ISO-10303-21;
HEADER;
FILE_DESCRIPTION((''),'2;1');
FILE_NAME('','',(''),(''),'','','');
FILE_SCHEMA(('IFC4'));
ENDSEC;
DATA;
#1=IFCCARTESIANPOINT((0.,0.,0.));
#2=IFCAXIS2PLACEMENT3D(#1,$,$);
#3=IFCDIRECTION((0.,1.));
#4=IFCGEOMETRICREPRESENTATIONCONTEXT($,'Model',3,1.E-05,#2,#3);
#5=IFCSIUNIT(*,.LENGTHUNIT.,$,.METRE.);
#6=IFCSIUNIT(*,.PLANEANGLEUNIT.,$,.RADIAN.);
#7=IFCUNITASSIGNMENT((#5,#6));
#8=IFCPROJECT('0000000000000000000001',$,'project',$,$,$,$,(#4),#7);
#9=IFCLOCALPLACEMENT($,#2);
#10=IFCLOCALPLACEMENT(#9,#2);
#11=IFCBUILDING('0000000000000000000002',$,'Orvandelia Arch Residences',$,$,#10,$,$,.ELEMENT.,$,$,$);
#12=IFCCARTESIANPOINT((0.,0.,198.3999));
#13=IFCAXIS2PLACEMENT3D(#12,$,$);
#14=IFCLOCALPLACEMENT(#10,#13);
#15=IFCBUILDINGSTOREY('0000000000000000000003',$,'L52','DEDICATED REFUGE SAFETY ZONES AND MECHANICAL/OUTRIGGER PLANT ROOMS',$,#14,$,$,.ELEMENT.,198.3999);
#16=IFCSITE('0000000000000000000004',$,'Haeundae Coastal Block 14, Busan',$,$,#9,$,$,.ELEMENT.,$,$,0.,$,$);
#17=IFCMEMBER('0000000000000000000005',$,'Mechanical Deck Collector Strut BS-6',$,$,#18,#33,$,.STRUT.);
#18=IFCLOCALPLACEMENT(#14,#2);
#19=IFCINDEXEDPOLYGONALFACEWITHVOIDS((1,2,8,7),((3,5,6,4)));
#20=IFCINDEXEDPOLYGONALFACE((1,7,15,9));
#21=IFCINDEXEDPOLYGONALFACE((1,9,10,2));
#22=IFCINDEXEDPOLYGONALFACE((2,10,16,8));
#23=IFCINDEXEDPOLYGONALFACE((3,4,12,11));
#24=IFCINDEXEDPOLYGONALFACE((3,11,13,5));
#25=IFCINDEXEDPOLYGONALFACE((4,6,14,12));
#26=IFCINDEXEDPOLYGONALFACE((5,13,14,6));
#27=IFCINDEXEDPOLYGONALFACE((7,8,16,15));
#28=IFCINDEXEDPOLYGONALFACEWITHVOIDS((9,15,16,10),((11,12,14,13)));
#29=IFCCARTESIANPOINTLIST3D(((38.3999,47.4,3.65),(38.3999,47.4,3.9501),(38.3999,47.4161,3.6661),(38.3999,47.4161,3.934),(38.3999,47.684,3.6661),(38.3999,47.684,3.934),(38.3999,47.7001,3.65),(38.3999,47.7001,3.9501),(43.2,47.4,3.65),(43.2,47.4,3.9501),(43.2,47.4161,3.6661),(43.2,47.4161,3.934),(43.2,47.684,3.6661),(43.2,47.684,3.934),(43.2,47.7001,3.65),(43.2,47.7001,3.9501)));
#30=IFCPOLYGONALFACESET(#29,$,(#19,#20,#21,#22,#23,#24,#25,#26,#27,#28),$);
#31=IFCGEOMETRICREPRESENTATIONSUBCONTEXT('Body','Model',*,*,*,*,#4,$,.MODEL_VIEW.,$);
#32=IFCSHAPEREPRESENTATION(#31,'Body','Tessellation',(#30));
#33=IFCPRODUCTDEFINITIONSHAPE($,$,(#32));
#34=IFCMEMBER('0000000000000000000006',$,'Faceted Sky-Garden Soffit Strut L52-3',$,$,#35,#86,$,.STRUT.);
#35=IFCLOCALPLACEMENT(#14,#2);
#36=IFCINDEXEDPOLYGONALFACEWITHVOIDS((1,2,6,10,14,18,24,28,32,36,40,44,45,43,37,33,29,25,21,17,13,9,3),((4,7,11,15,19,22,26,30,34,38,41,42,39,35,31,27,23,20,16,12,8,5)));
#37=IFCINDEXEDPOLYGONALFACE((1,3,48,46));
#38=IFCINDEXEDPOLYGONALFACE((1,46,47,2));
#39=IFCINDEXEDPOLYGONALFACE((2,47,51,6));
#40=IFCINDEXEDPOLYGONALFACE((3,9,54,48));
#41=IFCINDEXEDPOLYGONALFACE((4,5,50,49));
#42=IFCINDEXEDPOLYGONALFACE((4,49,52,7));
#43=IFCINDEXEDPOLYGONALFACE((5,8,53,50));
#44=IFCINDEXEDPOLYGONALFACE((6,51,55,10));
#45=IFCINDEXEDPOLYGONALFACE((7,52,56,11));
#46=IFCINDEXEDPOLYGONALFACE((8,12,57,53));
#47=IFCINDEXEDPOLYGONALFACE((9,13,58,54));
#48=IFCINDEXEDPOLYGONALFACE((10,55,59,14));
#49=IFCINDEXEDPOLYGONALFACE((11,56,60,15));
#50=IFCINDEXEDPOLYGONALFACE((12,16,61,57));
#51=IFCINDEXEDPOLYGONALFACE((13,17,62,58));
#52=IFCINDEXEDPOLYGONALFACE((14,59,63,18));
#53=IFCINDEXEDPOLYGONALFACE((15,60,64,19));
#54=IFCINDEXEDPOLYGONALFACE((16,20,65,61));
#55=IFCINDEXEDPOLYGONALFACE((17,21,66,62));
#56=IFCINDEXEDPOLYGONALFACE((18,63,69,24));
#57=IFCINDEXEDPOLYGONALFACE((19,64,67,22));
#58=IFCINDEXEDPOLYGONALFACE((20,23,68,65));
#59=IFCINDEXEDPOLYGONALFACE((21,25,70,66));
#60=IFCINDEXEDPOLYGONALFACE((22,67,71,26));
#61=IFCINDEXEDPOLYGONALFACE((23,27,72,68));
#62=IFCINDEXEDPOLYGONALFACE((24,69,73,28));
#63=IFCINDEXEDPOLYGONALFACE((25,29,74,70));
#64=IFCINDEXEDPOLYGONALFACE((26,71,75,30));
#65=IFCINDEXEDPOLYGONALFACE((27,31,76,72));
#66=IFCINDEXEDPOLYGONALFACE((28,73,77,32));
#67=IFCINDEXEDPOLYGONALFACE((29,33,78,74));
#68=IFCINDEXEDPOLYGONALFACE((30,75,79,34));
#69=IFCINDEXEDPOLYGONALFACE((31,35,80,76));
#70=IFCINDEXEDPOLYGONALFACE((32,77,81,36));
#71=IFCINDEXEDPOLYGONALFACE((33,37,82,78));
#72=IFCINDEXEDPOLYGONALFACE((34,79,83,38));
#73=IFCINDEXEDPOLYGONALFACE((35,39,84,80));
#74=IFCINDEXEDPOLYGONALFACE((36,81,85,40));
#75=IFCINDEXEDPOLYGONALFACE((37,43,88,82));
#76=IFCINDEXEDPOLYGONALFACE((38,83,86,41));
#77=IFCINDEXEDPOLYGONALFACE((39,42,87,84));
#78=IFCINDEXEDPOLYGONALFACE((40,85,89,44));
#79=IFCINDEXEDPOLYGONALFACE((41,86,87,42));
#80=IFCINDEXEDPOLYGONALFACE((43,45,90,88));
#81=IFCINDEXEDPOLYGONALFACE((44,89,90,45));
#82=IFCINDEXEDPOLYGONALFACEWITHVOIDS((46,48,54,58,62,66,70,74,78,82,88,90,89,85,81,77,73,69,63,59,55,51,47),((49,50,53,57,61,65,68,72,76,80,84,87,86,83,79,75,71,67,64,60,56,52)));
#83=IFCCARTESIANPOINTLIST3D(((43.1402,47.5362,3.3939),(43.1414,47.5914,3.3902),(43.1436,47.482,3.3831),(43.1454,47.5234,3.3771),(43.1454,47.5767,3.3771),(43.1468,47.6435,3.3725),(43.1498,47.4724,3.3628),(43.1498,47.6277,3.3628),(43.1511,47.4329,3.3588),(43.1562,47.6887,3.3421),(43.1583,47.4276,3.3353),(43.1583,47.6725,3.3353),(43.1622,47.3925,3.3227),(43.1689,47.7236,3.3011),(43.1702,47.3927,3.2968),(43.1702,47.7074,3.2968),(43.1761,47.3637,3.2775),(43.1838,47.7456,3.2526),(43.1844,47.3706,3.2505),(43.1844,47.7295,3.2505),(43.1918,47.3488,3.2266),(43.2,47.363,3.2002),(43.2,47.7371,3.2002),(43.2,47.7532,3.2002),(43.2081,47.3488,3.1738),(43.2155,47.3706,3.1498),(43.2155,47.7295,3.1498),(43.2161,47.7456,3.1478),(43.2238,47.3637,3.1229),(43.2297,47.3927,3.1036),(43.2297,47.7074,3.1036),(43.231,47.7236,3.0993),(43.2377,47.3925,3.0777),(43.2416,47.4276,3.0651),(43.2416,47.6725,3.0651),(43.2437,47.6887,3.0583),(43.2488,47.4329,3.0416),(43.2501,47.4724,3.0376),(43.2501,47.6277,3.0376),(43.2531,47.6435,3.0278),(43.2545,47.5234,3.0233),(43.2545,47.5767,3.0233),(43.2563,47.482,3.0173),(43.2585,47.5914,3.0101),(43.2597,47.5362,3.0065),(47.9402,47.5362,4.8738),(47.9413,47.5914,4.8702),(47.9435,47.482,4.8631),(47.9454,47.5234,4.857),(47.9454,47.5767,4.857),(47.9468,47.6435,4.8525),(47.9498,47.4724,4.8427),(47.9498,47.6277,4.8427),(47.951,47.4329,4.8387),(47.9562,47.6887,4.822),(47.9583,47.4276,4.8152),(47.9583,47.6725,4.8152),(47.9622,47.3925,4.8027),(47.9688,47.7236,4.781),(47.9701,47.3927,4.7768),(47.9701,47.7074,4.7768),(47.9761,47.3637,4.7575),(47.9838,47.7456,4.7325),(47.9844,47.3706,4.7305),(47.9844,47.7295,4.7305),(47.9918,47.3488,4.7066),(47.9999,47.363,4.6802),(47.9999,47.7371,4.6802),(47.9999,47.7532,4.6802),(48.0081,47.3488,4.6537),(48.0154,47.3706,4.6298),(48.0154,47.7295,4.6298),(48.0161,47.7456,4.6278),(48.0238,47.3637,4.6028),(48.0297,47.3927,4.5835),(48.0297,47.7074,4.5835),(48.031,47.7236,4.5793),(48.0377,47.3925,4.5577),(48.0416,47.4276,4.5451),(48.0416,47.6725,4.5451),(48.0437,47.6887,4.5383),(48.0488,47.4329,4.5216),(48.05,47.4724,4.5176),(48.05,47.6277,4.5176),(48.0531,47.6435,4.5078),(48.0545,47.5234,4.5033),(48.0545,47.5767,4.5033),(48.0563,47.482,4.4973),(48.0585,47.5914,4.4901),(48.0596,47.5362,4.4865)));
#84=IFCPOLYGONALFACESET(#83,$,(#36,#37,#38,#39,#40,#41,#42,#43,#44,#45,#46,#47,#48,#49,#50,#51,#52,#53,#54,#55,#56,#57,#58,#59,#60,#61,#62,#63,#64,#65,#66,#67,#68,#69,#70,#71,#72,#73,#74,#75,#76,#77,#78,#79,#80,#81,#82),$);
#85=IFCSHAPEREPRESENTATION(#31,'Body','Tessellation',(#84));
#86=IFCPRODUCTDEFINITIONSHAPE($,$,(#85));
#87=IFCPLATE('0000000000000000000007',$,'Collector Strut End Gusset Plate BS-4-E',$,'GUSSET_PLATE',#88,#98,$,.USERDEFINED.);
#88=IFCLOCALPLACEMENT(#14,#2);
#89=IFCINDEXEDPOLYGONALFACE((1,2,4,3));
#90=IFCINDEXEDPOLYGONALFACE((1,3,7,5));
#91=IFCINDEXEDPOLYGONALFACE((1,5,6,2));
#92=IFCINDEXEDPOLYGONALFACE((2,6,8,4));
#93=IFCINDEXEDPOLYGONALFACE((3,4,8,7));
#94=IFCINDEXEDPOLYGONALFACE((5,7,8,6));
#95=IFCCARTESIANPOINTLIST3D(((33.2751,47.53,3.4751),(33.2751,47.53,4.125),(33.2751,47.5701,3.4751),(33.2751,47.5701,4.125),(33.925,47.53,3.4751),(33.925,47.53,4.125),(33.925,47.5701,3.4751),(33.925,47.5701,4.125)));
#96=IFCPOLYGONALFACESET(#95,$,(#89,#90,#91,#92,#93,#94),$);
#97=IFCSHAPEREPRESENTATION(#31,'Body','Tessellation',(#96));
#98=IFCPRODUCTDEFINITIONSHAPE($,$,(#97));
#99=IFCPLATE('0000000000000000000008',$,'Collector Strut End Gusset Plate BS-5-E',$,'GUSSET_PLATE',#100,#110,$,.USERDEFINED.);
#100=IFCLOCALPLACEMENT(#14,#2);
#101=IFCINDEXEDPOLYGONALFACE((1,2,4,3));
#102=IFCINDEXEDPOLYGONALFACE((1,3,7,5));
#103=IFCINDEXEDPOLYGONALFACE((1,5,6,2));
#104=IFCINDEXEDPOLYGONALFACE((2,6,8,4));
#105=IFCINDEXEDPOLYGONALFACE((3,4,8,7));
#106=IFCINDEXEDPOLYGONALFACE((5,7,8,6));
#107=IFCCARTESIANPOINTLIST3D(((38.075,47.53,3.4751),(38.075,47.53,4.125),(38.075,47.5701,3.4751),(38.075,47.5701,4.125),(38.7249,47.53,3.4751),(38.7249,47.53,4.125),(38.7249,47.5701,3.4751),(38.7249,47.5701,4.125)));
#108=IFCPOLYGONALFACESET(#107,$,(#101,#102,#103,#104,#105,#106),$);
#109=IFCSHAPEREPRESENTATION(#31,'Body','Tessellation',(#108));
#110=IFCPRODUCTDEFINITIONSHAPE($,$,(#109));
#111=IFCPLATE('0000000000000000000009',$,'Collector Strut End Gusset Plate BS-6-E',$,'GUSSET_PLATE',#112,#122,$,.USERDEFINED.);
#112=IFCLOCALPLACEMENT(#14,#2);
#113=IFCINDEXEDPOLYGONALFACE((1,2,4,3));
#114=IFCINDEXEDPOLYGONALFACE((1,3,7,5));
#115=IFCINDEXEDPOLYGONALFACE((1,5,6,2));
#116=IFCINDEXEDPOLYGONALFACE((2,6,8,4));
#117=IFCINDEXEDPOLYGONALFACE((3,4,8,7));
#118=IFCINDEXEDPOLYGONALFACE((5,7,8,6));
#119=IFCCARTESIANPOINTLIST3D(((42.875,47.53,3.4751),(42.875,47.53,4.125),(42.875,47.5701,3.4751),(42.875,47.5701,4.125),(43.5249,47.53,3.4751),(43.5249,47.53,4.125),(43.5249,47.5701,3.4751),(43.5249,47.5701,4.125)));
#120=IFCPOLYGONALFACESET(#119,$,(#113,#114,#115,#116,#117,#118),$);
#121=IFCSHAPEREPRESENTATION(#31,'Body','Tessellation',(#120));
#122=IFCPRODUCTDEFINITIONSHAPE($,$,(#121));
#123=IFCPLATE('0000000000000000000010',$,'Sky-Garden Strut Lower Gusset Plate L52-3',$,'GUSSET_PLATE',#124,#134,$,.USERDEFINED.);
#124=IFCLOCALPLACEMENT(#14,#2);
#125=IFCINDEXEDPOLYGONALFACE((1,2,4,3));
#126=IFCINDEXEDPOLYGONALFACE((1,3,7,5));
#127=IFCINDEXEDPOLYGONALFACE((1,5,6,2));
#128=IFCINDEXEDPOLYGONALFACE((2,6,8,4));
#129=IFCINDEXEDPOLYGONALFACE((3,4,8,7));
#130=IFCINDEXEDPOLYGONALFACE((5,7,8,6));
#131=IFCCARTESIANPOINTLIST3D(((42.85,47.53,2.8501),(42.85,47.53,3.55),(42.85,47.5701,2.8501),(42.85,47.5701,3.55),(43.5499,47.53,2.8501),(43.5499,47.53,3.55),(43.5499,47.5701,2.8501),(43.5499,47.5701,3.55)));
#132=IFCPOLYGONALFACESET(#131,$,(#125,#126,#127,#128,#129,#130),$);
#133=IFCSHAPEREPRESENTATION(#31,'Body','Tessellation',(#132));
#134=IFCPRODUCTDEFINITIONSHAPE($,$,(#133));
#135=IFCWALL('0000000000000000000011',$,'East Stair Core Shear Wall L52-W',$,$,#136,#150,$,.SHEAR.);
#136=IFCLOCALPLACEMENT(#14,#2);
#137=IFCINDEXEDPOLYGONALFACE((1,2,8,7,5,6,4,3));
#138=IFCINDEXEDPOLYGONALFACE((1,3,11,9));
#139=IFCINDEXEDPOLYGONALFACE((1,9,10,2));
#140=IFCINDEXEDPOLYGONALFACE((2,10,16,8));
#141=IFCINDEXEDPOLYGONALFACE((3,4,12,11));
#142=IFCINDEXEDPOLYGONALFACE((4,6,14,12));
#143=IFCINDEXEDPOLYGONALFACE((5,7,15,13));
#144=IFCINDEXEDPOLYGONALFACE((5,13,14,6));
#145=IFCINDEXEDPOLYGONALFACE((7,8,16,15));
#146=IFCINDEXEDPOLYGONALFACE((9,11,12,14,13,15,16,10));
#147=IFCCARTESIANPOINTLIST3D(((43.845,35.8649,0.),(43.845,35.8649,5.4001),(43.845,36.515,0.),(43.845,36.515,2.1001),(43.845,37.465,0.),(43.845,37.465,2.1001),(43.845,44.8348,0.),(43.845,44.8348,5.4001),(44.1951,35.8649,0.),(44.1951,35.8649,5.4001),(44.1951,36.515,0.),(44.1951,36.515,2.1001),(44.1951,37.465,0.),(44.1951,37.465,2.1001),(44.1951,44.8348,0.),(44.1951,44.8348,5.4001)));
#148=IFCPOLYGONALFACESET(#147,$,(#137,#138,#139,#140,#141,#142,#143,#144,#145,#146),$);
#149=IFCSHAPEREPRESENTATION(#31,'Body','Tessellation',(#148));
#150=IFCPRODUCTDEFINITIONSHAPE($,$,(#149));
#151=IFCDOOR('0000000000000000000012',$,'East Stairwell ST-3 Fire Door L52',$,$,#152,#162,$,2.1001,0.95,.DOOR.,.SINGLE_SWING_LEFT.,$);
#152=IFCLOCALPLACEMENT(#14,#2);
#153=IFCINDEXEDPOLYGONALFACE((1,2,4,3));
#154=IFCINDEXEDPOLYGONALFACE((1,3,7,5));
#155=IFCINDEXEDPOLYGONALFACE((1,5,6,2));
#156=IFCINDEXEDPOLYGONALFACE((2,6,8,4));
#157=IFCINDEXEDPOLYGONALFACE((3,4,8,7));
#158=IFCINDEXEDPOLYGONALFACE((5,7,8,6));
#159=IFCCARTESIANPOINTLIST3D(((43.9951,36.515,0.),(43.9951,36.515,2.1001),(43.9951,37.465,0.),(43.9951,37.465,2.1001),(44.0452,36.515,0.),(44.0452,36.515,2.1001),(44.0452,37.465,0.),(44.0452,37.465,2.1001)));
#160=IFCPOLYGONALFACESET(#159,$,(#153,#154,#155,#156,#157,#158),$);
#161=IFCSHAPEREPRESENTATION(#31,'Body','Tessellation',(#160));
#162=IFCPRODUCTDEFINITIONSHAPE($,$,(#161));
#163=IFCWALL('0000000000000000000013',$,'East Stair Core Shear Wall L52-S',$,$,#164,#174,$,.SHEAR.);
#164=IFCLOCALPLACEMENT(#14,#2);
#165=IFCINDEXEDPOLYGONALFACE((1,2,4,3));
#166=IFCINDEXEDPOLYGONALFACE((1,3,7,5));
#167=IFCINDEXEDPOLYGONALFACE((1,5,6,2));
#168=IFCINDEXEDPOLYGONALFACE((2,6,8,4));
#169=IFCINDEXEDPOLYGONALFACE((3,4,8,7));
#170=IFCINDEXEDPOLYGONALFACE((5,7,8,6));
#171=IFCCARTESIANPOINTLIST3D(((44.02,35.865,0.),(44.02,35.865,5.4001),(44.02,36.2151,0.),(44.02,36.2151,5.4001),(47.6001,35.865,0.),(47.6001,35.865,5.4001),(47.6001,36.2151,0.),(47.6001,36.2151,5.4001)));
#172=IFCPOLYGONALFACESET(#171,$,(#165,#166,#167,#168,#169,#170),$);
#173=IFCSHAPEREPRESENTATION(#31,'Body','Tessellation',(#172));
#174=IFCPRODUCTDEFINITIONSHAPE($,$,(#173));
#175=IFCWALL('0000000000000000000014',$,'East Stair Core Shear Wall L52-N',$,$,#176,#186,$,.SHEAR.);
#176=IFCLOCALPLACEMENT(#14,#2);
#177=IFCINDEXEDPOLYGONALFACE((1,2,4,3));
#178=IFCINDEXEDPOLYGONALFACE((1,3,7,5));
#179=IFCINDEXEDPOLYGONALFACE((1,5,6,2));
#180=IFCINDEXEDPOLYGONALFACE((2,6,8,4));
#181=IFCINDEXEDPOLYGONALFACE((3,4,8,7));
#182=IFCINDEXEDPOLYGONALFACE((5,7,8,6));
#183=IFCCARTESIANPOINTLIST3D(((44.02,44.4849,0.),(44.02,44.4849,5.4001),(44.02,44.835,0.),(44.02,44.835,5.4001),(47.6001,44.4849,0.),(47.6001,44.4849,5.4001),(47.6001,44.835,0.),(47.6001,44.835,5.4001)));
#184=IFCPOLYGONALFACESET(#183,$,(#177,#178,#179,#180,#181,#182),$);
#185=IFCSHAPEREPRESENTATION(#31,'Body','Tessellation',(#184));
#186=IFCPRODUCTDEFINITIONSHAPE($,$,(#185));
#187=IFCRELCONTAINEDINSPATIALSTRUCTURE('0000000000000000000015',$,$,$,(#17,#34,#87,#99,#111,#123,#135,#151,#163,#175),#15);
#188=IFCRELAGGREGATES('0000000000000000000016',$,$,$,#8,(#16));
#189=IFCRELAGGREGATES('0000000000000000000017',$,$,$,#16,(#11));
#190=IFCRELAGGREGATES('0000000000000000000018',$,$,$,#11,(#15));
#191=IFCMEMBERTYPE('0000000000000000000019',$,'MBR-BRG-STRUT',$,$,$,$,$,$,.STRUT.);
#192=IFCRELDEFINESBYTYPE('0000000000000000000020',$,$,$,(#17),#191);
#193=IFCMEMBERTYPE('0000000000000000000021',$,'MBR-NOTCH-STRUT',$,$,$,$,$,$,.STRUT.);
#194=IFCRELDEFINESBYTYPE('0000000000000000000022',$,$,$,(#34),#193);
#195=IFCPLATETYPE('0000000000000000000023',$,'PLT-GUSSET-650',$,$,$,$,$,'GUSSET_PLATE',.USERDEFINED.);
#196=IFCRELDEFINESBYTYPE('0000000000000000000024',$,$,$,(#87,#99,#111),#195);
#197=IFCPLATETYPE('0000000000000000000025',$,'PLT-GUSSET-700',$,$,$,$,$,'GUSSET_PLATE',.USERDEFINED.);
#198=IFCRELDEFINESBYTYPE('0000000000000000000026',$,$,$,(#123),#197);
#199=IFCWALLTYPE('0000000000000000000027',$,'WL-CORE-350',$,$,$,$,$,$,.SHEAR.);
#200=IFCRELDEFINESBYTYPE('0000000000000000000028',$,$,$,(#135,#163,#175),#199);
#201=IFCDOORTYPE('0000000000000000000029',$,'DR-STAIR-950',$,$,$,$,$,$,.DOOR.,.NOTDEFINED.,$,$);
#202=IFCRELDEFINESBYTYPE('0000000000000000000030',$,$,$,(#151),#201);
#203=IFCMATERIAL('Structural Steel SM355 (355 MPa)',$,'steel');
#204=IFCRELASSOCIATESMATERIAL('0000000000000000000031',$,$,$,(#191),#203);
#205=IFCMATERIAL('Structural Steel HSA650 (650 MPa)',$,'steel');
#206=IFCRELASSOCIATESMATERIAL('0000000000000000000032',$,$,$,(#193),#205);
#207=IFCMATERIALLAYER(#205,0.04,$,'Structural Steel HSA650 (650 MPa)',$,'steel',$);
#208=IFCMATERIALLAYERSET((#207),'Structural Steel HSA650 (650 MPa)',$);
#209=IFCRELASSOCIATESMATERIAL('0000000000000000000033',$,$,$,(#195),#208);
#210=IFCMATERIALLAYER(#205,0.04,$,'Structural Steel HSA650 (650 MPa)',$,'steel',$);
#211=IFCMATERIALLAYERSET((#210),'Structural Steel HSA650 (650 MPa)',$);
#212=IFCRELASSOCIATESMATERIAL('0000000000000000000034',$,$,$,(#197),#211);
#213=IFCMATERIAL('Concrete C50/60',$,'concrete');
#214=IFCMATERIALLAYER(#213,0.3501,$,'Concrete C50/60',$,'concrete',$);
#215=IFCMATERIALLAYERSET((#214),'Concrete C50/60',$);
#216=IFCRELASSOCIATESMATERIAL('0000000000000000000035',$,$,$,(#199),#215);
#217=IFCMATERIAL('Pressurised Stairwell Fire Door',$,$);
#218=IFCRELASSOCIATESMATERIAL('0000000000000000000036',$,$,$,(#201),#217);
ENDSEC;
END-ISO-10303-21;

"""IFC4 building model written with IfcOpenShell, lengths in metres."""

from ifc_helpers import new_model, si_unit, direction, frame, frame_2d, origin, origin_2d, place, context, subcontext, project, spatial, rectangle, hollow_rectangle, hollow_circle, extrude, material, layer, layer_set, material_profile, profile_set, type_object, element, fill, save


model = new_model("IFC4")

# Units and contexts
model_context = context("Model", 3, precision=1e-05, world=origin(), true_north=direction((0.0, 1.0)))
body_context = subcontext(model_context, "Body", "Model", "MODEL_VIEW")
ifc_project = project(units=[si_unit("LENGTHUNIT", "METRE"), si_unit("PLANEANGLEUNIT", "RADIAN")], contexts=[model_context])

# Site, building, storey
site_placement = place(None, origin())
site = spatial("IfcSite", under=ifc_project, at=site_placement, Name="Haeundae Coastal Block 14, Busan", CompositionType="ELEMENT", RefElevation=0.0)
building_placement = place(site_placement, origin())
building = spatial("IfcBuilding", under=site, at=building_placement, Name="Orvandelia Arch Residences", CompositionType="ELEMENT")
storey_placement = place(building_placement, frame((0.0, 0.0, 198.3999)))
storey = spatial("IfcBuildingStorey", under=building, at=storey_placement, Name="L52", Description="DEDICATED REFUGE SAFETY ZONES AND MECHANICAL/OUTRIGGER PLANT ROOMS", CompositionType="ELEMENT", Elevation=198.3999)

# Shared definitions
ifc_material_1 = material(Name="Structural Steel SM355 (355 MPa)", Category="steel")

# Members
ifc_material_profile_1 = material_profile(ifc_material_1, hollow_rectangle(XDim=0.3, YDim=0.3, WallThickness=0.0161, at=origin_2d()), Name="Structural Steel SM355 (355 MPa)", Category="steel")
ifc_profile_set_1 = profile_set([ifc_material_profile_1], Name="Structural Steel SM355 (355 MPa)")
member_type_1 = type_object("IfcMemberType", Name="MBR-BRG-STRUT", PredefinedType="STRUT", material=ifc_profile_set_1)
member_1_placement = place(storey_placement, frame((38.3999, 47.55, 3.8), z_axis=(1.0, 0.0, 0.0), x_axis=(0.0, 1.0, 0.0)))
element("IfcMember", 1, at=member_1_placement, inside=storey, type_object=member_type_1, Name="Mechanical Deck Collector Strut BS-6", PredefinedType="STRUT", context=body_context, shape_type="SweptSolid", body=[
    extrude(hollow_rectangle(XDim=0.3, YDim=0.3, WallThickness=0.0161, at=origin_2d()), origin(), (0.0, 0.0, 1.0), 4.8),
])
ifc_material_2 = material(Name="Structural Steel HSA650 (650 MPa)", Category="steel")
ifc_material_profile_2 = material_profile(ifc_material_2, hollow_circle(Radius=0.2031, WallThickness=0.0161, at=origin_2d()), Name="Structural Steel HSA650 (650 MPa)", Category="steel")
ifc_profile_set_2 = profile_set([ifc_material_profile_2], Name="Structural Steel HSA650 (650 MPa)")
member_type_2 = type_object("IfcMemberType", Name="MBR-NOTCH-STRUT", PredefinedType="STRUT", material=ifc_profile_set_2)
member_2_placement = place(storey_placement, frame((43.2, 47.55, 3.2002), z_axis=(0.955609, 0.0, 0.294639), x_axis=(0.0, 1.0, 0.0)))
element("IfcMember", 2, at=member_2_placement, inside=storey, type_object=member_type_2, Name="Faceted Sky-Garden Soffit Strut L52-3", PredefinedType="STRUT", context=body_context, shape_type="SweptSolid", body=[
    extrude(hollow_circle(Radius=0.2031, WallThickness=0.0161, at=origin_2d()), origin(), (0.0, 0.0, 1.0), 5.0229),
])

# Plates
ifc_layer_1 = layer(ifc_material_2, 0.04, Name="Structural Steel HSA650 (650 MPa)", Category="steel")
ifc_layer_set_1 = layer_set([ifc_layer_1], Name="Structural Steel HSA650 (650 MPa)")
plate_type_1 = type_object("IfcPlateType", Name="PLT-GUSSET-650", ElementType="GUSSET_PLATE", PredefinedType="USERDEFINED", material=ifc_layer_set_1)
for number, where, z_axis, x_axis, name in (
    (3, (33.6001, 47.55, 3.4751), (0.0, 0.0, 1.0), (1.0, 0.0, 0.0), "Collector Strut End Gusset Plate BS-4-E"),
    (4, (38.3999, 47.55, 3.4751), (0.0, 0.0, 1.0), (1.0, 0.0, 0.0), "Collector Strut End Gusset Plate BS-5-E"),
    (5, (43.2, 47.55, 3.4751), (0.0, 0.0, 1.0), (1.0, 0.0, 0.0), "Collector Strut End Gusset Plate BS-6-E"),
):
    element("IfcPlate", number, at=place(storey_placement, frame(where, z_axis=z_axis, x_axis=x_axis)), inside=storey, type_object=plate_type_1, Name=name, ObjectType="GUSSET_PLATE", PredefinedType="USERDEFINED", context=body_context, shape_type="SweptSolid", body=[
        extrude(rectangle(XDim=0.6499, YDim=0.04, at=origin_2d()), origin(), (0.0, 0.0, 1.0), 0.6499),
    ])
ifc_layer_2 = layer(ifc_material_2, 0.04, Name="Structural Steel HSA650 (650 MPa)", Category="steel")
ifc_layer_set_2 = layer_set([ifc_layer_2], Name="Structural Steel HSA650 (650 MPa)")
plate_type_2 = type_object("IfcPlateType", Name="PLT-GUSSET-700", ElementType="GUSSET_PLATE", PredefinedType="USERDEFINED", material=ifc_layer_set_2)
plate_placement = place(storey_placement, frame((43.2, 47.55, 2.8501), z_axis=(0.0, 0.0, 1.0), x_axis=(1.0, 0.0, 0.0)))
element("IfcPlate", 6, at=plate_placement, inside=storey, type_object=plate_type_2, Name="Sky-Garden Strut Lower Gusset Plate L52-3", ObjectType="GUSSET_PLATE", PredefinedType="USERDEFINED", context=body_context, shape_type="SweptSolid", body=[
    extrude(rectangle(XDim=0.7, YDim=0.04, at=origin_2d()), origin(), (0.0, 0.0, 1.0), 0.7),
])

# Wall, opening, door
ifc_material_3 = material(Name="Concrete C50/60", Category="concrete")
ifc_layer_3 = layer(ifc_material_3, 0.3501, Name="Concrete C50/60", Category="concrete")
ifc_layer_set_3 = layer_set([ifc_layer_3], Name="Concrete C50/60")
wall_type_1 = type_object("IfcWallType", Name="WL-CORE-350", PredefinedType="SHEAR", material=ifc_layer_set_3)
wall_1_placement = place(storey_placement, frame((44.02, 35.865, 0.0), z_axis=(0.0, 0.0, 1.0), x_axis=(0.0, 1.0, 0.0)))
wall_1 = element("IfcWall", 7, at=wall_1_placement, inside=storey, type_object=wall_type_1, Name="East Stair Core Shear Wall L52-W", PredefinedType="SHEAR", context=body_context, shape_type="SweptSolid", body=[
    extrude(rectangle(XDim=8.97, YDim=0.3501, at=frame_2d((4.4849, 0.0))), origin(), (0.0, 0.0, 1.0), 5.4001),
])
opening_placement = place(wall_1_placement, frame((0.6499, 0.0, 0.0)))
opening = element("IfcOpeningElement", 8, at=opening_placement, cuts=wall_1, PredefinedType="OPENING", context=body_context, shape_type="SweptSolid", body=[
    extrude(rectangle(XDim=0.95, YDim=2.1001, at=frame_2d((0.4751, 1.05))), frame((0.0, 0.1851, 0.0), z_axis=(0.0, -1.0, 0.0), x_axis=(1.0, 0.0, 0.0)), (0.0, 0.0, 1.0), 0.3701),
])
ifc_material_4 = material(Name="Pressurised Stairwell Fire Door")
door_type = type_object("IfcDoorType", Name="DR-STAIR-950", OperationType="NOTDEFINED", PredefinedType="DOOR", material=ifc_material_4)
door_placement = place(opening_placement, origin())
door = element("IfcDoor", 9, at=door_placement, inside=storey, type_object=door_type, Name="East Stairwell ST-3 Fire Door L52", OperationType="SINGLE_SWING_LEFT", OverallHeight=2.1001, OverallWidth=0.95, PredefinedType="DOOR", context=body_context, shape_type="SweptSolid", body=[
    extrude(rectangle(XDim=0.95, YDim=2.1001, at=frame_2d((0.4751, 1.05))), frame((0.0, 0.0249, 0.0), z_axis=(0.0, -1.0, 0.0), x_axis=(1.0, 0.0, 0.0)), (0.0, 0.0, 1.0), 0.05),
])
fill(opening, door)

# Walls
for number, where, z_axis, x_axis, name in (
    (10, (44.02, 36.04, 0.0), (0.0, 0.0, 1.0), (1.0, 0.0, 0.0), "East Stair Core Shear Wall L52-S"),
    (11, (44.02, 44.6599, 0.0), (0.0, 0.0, 1.0), (1.0, 0.0, 0.0), "East Stair Core Shear Wall L52-N"),
):
    element("IfcWall", number, at=place(storey_placement, frame(where, z_axis=z_axis, x_axis=x_axis)), inside=storey, type_object=wall_type_1, Name=name, PredefinedType="SHEAR", context=body_context, shape_type="SweptSolid", body=[
        extrude(rectangle(XDim=3.5801, YDim=0.3501, at=frame_2d((1.79, 0.0))), origin(), (0.0, 0.0, 1.0), 5.4001),
    ])

save(model, "model.ifc")
